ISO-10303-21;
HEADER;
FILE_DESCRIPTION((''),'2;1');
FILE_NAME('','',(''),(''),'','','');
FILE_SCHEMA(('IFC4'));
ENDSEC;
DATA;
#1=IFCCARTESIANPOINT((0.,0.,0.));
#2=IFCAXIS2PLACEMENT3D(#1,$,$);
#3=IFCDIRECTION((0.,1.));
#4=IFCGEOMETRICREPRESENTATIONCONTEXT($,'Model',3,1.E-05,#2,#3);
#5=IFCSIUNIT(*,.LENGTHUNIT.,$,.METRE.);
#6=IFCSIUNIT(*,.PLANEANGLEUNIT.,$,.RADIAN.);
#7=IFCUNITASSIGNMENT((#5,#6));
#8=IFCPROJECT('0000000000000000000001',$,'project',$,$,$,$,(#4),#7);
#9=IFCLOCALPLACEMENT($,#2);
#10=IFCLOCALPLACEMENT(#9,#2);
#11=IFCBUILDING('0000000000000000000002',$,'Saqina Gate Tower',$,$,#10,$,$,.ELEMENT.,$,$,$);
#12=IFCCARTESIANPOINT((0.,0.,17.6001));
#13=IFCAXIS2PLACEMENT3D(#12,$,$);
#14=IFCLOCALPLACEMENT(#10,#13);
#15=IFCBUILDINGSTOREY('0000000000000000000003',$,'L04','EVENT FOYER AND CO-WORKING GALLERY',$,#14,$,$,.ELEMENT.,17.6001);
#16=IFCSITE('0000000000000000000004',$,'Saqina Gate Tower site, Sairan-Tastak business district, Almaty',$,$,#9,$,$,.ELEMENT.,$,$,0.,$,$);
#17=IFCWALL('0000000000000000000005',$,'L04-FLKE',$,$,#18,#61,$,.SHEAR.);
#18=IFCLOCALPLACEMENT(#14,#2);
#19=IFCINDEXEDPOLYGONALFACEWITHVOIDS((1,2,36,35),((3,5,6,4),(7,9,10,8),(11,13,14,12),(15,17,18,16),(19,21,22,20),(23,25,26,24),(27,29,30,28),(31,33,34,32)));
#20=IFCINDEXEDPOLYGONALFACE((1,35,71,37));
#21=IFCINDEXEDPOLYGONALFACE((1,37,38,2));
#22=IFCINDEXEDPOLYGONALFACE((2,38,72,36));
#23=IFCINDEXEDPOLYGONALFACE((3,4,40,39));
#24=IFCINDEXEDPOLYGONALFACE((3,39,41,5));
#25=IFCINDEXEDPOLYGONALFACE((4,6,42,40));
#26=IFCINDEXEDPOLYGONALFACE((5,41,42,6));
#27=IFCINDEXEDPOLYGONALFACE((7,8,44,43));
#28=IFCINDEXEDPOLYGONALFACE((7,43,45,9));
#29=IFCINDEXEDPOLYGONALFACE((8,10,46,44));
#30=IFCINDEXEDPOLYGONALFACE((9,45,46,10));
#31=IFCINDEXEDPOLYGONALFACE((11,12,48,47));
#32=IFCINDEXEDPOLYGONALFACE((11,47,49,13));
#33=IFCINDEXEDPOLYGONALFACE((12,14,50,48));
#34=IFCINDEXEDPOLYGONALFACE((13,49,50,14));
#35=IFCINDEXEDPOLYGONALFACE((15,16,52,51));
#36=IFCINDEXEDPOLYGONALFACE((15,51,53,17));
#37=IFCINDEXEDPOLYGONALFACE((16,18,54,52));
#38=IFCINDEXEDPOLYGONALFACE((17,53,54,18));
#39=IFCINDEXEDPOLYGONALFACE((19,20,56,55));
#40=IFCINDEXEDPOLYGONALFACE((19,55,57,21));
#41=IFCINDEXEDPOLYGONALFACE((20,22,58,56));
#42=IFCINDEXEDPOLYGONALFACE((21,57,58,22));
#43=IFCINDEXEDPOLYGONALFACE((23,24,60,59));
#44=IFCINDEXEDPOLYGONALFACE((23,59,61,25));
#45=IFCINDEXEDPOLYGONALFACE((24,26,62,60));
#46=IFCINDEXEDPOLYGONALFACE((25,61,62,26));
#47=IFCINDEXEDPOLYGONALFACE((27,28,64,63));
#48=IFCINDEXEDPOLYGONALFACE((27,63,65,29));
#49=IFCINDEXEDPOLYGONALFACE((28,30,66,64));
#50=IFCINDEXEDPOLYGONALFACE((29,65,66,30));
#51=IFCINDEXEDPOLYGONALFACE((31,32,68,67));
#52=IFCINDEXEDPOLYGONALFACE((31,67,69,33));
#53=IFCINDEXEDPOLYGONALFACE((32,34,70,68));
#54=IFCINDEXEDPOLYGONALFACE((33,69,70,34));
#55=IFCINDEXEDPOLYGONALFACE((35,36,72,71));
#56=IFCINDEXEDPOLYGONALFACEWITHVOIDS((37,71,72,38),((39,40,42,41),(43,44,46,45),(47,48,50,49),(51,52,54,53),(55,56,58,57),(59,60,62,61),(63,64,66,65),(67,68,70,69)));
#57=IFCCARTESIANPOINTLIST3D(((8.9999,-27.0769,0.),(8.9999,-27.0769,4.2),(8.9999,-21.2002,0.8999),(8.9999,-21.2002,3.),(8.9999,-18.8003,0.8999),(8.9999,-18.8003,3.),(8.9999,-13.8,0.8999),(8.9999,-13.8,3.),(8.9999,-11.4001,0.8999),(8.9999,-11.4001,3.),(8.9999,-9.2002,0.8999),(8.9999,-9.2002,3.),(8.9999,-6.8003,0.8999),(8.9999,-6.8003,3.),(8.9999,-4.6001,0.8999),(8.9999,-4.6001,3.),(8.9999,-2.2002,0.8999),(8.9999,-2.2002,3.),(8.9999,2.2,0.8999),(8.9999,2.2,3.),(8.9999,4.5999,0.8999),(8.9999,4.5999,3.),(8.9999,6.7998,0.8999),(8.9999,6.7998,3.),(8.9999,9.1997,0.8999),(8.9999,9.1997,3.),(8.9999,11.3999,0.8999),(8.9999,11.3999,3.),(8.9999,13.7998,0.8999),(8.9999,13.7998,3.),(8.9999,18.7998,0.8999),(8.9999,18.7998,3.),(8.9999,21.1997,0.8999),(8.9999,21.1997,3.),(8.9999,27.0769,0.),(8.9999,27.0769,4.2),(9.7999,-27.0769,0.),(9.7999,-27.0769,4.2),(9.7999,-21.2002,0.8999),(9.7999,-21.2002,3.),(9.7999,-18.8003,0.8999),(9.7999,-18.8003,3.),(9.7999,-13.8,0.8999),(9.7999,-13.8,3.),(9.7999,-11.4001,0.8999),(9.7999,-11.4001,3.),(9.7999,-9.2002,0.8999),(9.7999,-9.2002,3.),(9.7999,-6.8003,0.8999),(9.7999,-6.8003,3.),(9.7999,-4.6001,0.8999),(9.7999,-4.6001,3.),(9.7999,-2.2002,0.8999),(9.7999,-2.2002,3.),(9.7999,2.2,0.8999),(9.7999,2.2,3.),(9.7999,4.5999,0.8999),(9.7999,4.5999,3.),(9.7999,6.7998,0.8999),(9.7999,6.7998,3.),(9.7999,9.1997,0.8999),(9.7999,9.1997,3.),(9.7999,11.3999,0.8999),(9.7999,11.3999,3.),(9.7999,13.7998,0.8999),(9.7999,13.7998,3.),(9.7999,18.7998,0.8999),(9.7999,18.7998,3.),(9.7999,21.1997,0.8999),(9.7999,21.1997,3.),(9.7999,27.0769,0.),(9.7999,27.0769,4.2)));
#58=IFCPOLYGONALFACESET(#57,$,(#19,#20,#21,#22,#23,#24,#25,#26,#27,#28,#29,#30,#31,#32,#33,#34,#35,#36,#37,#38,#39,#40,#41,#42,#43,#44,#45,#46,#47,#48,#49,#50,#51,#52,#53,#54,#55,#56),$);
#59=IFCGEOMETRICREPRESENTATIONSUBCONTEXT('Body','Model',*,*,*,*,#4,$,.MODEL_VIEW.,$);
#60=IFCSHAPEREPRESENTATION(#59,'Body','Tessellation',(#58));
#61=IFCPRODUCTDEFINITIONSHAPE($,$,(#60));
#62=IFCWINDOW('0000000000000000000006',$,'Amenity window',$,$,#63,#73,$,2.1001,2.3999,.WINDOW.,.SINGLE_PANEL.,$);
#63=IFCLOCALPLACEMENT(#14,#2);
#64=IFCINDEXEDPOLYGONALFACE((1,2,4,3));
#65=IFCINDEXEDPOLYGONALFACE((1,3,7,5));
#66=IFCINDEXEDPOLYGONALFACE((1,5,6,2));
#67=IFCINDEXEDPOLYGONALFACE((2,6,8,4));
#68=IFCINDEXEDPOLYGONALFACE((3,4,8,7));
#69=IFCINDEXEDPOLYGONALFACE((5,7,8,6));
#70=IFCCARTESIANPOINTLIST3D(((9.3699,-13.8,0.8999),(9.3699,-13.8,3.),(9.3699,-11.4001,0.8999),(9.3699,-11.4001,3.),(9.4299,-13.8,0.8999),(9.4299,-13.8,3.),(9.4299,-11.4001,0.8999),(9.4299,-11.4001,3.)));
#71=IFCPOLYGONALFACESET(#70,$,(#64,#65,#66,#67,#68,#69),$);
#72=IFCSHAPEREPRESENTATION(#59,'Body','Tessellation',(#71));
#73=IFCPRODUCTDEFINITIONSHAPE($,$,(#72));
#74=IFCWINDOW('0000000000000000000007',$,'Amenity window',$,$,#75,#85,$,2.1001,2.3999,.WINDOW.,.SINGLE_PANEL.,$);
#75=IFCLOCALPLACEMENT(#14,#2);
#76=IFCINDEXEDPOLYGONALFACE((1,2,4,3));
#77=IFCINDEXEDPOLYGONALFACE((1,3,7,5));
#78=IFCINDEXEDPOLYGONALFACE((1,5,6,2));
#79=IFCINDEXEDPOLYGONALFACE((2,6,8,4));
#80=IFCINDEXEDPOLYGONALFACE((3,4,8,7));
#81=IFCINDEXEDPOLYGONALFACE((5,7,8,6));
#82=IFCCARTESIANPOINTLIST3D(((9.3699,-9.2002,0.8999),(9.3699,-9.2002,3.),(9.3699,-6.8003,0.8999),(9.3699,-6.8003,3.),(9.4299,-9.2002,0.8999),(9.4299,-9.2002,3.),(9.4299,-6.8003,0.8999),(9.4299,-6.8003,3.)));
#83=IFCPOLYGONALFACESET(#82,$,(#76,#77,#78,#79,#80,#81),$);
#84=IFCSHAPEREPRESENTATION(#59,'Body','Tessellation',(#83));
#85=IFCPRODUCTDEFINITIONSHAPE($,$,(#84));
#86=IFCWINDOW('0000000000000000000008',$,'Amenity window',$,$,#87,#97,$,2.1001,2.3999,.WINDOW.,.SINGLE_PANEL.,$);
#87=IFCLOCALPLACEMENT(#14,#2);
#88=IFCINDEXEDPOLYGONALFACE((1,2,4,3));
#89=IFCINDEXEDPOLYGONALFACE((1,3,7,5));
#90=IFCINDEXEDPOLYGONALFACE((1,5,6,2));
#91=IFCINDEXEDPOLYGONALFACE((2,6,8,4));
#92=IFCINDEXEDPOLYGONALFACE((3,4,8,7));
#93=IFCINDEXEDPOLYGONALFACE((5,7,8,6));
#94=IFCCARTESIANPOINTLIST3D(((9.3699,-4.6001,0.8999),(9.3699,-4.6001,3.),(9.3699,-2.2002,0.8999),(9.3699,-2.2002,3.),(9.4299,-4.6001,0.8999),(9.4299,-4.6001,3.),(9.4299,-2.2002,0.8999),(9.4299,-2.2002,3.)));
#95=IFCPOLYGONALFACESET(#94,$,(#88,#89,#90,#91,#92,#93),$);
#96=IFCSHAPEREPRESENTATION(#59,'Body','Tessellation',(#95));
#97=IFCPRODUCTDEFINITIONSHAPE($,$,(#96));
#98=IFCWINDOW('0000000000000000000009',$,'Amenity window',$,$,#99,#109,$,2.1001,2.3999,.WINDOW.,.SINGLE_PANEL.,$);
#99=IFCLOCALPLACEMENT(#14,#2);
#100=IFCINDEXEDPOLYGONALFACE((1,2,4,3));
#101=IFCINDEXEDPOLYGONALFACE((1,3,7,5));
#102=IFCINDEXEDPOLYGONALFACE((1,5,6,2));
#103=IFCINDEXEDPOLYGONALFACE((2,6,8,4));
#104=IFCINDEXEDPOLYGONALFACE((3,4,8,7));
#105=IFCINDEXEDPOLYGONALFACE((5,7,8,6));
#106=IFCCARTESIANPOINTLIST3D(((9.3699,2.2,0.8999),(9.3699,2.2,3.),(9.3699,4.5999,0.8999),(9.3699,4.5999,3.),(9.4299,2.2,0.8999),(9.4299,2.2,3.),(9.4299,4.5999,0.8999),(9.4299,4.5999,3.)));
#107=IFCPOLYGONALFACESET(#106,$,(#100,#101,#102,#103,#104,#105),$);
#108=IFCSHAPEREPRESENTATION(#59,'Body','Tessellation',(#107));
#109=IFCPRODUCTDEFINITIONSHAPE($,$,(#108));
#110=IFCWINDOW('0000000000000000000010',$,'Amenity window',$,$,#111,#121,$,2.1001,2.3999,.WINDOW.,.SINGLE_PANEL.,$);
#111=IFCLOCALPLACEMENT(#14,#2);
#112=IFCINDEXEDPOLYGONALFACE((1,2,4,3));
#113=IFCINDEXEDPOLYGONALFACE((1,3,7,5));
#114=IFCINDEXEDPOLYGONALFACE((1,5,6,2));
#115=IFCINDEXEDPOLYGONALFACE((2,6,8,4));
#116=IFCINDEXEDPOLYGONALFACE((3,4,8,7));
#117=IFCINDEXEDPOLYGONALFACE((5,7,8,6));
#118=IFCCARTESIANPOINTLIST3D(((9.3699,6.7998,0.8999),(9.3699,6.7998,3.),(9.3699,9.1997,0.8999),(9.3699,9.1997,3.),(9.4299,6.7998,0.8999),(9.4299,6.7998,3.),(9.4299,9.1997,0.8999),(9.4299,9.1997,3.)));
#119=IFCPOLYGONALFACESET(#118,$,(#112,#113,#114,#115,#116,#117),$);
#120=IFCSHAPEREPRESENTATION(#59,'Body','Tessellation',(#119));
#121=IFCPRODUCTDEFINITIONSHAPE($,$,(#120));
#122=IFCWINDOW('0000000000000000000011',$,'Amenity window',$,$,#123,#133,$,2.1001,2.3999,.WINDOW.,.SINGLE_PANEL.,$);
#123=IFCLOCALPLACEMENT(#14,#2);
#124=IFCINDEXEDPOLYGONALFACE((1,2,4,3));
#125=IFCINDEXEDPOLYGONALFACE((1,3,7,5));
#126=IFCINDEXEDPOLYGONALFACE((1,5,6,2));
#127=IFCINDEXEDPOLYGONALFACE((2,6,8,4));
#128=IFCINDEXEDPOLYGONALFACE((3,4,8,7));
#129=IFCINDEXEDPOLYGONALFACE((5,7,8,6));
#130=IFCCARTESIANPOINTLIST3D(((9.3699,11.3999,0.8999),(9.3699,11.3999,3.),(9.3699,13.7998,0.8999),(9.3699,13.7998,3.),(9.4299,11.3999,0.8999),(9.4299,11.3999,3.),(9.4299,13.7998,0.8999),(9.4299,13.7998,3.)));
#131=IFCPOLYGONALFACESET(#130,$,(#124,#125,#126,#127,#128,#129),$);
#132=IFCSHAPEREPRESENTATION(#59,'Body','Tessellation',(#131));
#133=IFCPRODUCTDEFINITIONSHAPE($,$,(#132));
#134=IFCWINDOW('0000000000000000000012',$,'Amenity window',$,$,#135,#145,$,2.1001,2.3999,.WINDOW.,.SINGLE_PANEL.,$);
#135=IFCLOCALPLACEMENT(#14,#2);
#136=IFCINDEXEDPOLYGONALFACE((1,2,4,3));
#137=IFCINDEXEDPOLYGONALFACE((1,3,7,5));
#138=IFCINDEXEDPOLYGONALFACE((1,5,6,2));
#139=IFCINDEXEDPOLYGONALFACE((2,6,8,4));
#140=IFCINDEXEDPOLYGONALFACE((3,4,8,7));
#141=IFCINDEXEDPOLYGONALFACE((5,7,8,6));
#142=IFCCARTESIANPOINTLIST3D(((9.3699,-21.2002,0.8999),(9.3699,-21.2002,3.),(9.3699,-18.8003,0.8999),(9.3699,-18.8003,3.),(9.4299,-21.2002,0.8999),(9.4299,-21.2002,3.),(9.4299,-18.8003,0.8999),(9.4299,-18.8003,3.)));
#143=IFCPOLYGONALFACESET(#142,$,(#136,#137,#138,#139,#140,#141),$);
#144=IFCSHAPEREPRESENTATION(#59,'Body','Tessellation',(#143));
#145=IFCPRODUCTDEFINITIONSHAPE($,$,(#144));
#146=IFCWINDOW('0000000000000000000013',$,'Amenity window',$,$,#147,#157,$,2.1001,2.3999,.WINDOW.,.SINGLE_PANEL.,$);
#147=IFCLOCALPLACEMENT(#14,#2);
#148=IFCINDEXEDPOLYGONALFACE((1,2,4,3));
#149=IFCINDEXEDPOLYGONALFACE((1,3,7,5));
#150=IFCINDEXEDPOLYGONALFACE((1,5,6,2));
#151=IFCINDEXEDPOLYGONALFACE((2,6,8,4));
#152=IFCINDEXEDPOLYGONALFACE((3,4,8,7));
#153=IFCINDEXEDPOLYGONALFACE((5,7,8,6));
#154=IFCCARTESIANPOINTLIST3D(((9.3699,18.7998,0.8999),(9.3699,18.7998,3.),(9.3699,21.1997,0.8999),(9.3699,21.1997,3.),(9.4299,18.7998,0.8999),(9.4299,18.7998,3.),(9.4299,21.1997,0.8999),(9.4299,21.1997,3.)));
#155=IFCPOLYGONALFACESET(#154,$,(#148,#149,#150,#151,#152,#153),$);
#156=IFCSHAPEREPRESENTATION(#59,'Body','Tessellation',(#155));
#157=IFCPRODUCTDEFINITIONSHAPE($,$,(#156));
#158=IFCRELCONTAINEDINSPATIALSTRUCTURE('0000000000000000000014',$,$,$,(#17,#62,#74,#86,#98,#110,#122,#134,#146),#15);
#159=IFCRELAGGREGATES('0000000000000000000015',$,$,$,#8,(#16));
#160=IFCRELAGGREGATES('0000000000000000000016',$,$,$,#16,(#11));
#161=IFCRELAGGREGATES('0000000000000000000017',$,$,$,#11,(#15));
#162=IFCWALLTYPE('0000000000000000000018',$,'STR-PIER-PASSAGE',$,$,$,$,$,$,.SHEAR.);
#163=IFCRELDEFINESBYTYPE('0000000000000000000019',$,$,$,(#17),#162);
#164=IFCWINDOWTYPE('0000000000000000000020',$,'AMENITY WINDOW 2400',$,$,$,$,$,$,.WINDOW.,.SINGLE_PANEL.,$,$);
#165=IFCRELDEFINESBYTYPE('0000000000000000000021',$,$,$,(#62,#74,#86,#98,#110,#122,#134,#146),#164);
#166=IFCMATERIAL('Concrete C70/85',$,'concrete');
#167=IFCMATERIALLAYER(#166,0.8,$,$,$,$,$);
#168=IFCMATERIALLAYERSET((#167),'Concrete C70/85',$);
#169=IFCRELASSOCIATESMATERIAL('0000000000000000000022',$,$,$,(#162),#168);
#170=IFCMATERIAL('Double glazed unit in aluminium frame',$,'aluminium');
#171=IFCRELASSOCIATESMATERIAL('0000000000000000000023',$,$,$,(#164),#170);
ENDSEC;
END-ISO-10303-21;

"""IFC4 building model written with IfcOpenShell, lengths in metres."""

from ifc_helpers import new_model, si_unit, direction, frame, frame_2d, origin, place, context, subcontext, project, spatial, rectangle, extrude, material, layer, layer_set, type_object, element, fill, save


model = new_model("IFC4")

# Units and contexts
model_context = context("Model", 3, precision=1e-05, world=origin(), true_north=direction((0.0, 1.0)))
body_context = subcontext(model_context, "Body", "Model", "MODEL_VIEW")
ifc_project = project(units=[si_unit("LENGTHUNIT", "METRE"), si_unit("PLANEANGLEUNIT", "RADIAN")], contexts=[model_context])

# Site, building, storey
site_placement = place(None, origin())
site = spatial("IfcSite", under=ifc_project, at=site_placement, Name="Saqina Gate Tower site, Sairan-Tastak business district, Almaty", CompositionType="ELEMENT", RefElevation=0.0)
building_placement = place(site_placement, origin())
building = spatial("IfcBuilding", under=site, at=building_placement, Name="Saqina Gate Tower", CompositionType="ELEMENT")
storey_placement = place(building_placement, frame((0.0, 0.0, 17.6001)))
storey = spatial("IfcBuildingStorey", under=building, at=storey_placement, Name="L04", Description="EVENT FOYER AND CO-WORKING GALLERY", CompositionType="ELEMENT", Elevation=17.6001)

# Wall, openings, windows
ifc_material_1 = material(Name="Concrete C70/85", Category="concrete")
ifc_layer_1 = layer(ifc_material_1, 0.8)
ifc_layer_set_1 = layer_set([ifc_layer_1], Name="Concrete C70/85")
wall_type_1 = type_object("IfcWallType", Name="STR-PIER-PASSAGE", PredefinedType="SHEAR", material=ifc_layer_set_1)
wall_1_placement = place(storey_placement, frame((9.3999, -27.0769, 0.0), z_axis=(0.0, 0.0, 1.0), x_axis=(0.0, 1.0, 0.0)))
wall_1 = element("IfcWall", 1, at=wall_1_placement, inside=storey, type_object=wall_type_1, Name="L04-FLKE", PredefinedType="SHEAR", context=body_context, shape_type="SweptSolid", body=[
    extrude(rectangle(XDim=54.1538, YDim=0.8, at=frame_2d((27.0769, 0.0))), origin(), (0.0, 0.0, 1.0), 4.2),
])
opening_1_placement = place(wall_1_placement, frame((13.2769, 0.0, 0.8999)))
opening_1 = element("IfcOpeningElement", 2, at=opening_1_placement, cuts=wall_1, PredefinedType="OPENING", context=body_context, shape_type="SweptSolid", body=[
    extrude(rectangle(XDim=2.3999, YDim=2.1001, at=frame_2d((1.2, 1.05))), frame((0.0, 0.4121, 0.0), z_axis=(0.0, -1.0, 0.0), x_axis=(1.0, 0.0, 0.0)), (0.0, 0.0, 1.0), 0.824),
])
opening_2_placement = place(wall_1_placement, frame((17.8767, 0.0, 0.8999)))
opening_2 = element("IfcOpeningElement", 3, at=opening_2_placement, cuts=wall_1, PredefinedType="OPENING", context=body_context, shape_type="SweptSolid", body=[
    extrude(rectangle(XDim=2.3999, YDim=2.1001, at=frame_2d((1.2, 1.05))), frame((0.0, 0.4121, 0.0), z_axis=(0.0, -1.0, 0.0), x_axis=(1.0, 0.0, 0.0)), (0.0, 0.0, 1.0), 0.824),
])
opening_3_placement = place(wall_1_placement, frame((22.4768, 0.0, 0.8999)))
opening_3 = element("IfcOpeningElement", 4, at=opening_3_placement, cuts=wall_1, PredefinedType="OPENING", context=body_context, shape_type="SweptSolid", body=[
    extrude(rectangle(XDim=2.3999, YDim=2.1001, at=frame_2d((1.2, 1.05))), frame((0.0, 0.4121, 0.0), z_axis=(0.0, -1.0, 0.0), x_axis=(1.0, 0.0, 0.0)), (0.0, 0.0, 1.0), 0.824),
])
opening_4_placement = place(wall_1_placement, frame((29.2769, 0.0, 0.8999)))
opening_4 = element("IfcOpeningElement", 5, at=opening_4_placement, cuts=wall_1, PredefinedType="OPENING", context=body_context, shape_type="SweptSolid", body=[
    extrude(rectangle(XDim=2.3999, YDim=2.1001, at=frame_2d((1.2, 1.05))), frame((0.0, 0.4121, 0.0), z_axis=(0.0, -1.0, 0.0), x_axis=(1.0, 0.0, 0.0)), (0.0, 0.0, 1.0), 0.824),
])
opening_5_placement = place(wall_1_placement, frame((33.8767, 0.0, 0.8999)))
opening_5 = element("IfcOpeningElement", 6, at=opening_5_placement, cuts=wall_1, PredefinedType="OPENING", context=body_context, shape_type="SweptSolid", body=[
    extrude(rectangle(XDim=2.3999, YDim=2.1001, at=frame_2d((1.2, 1.05))), frame((0.0, 0.4121, 0.0), z_axis=(0.0, -1.0, 0.0), x_axis=(1.0, 0.0, 0.0)), (0.0, 0.0, 1.0), 0.824),
])
opening_6_placement = place(wall_1_placement, frame((38.4768, 0.0, 0.8999)))
opening_6 = element("IfcOpeningElement", 7, at=opening_6_placement, cuts=wall_1, PredefinedType="OPENING", context=body_context, shape_type="SweptSolid", body=[
    extrude(rectangle(XDim=2.3999, YDim=2.1001, at=frame_2d((1.2, 1.05))), frame((0.0, 0.4121, 0.0), z_axis=(0.0, -1.0, 0.0), x_axis=(1.0, 0.0, 0.0)), (0.0, 0.0, 1.0), 0.824),
])
opening_7_placement = place(wall_1_placement, frame((5.8767, 0.0, 0.8999)))
opening_7 = element("IfcOpeningElement", 8, at=opening_7_placement, cuts=wall_1, PredefinedType="OPENING", context=body_context, shape_type="SweptSolid", body=[
    extrude(rectangle(XDim=2.3999, YDim=2.1001, at=frame_2d((1.2, 1.05))), frame((0.0, 0.4121, 0.0), z_axis=(0.0, -1.0, 0.0), x_axis=(1.0, 0.0, 0.0)), (0.0, 0.0, 1.0), 0.824),
])
opening_8_placement = place(wall_1_placement, frame((45.8767, 0.0, 0.8999)))
opening_8 = element("IfcOpeningElement", 9, at=opening_8_placement, cuts=wall_1, PredefinedType="OPENING", context=body_context, shape_type="SweptSolid", body=[
    extrude(rectangle(XDim=2.3999, YDim=2.1001, at=frame_2d((1.2, 1.05))), frame((0.0, 0.4121, 0.0), z_axis=(0.0, -1.0, 0.0), x_axis=(1.0, 0.0, 0.0)), (0.0, 0.0, 1.0), 0.824),
])
ifc_material_2 = material(Name="Double glazed unit in aluminium frame", Category="aluminium")
window_type = type_object("IfcWindowType", Name="AMENITY WINDOW 2400", PartitioningType="SINGLE_PANEL", PredefinedType="WINDOW", material=ifc_material_2)
window_1_placement = place(opening_1_placement, origin())
window_1 = element("IfcWindow", 10, at=window_1_placement, inside=storey, type_object=window_type, Name="Amenity window", OverallHeight=2.1001, OverallWidth=2.3999, PartitioningType="SINGLE_PANEL", PredefinedType="WINDOW", context=body_context, shape_type="SweptSolid", body=[
    extrude(rectangle(XDim=2.3999, YDim=2.1001, at=frame_2d((1.2, 1.05))), frame((0.0, 0.03, 0.0), z_axis=(0.0, -1.0, 0.0), x_axis=(1.0, 0.0, 0.0)), (0.0, 0.0, 1.0), 0.0601),
])
fill(opening_1, window_1)
window_2_placement = place(opening_2_placement, origin())
window_2 = element("IfcWindow", 11, at=window_2_placement, inside=storey, type_object=window_type, Name="Amenity window", OverallHeight=2.1001, OverallWidth=2.3999, PartitioningType="SINGLE_PANEL", PredefinedType="WINDOW", context=body_context, shape_type="SweptSolid", body=[
    extrude(rectangle(XDim=2.3999, YDim=2.1001, at=frame_2d((1.2, 1.05))), frame((0.0, 0.03, 0.0), z_axis=(0.0, -1.0, 0.0), x_axis=(1.0, 0.0, 0.0)), (0.0, 0.0, 1.0), 0.0601),
])
fill(opening_2, window_2)
window_3_placement = place(opening_3_placement, origin())
window_3 = element("IfcWindow", 12, at=window_3_placement, inside=storey, type_object=window_type, Name="Amenity window", OverallHeight=2.1001, OverallWidth=2.3999, PartitioningType="SINGLE_PANEL", PredefinedType="WINDOW", context=body_context, shape_type="SweptSolid", body=[
    extrude(rectangle(XDim=2.3999, YDim=2.1001, at=frame_2d((1.2, 1.05))), frame((0.0, 0.03, 0.0), z_axis=(0.0, -1.0, 0.0), x_axis=(1.0, 0.0, 0.0)), (0.0, 0.0, 1.0), 0.0601),
])
fill(opening_3, window_3)
window_4_placement = place(opening_4_placement, origin())
window_4 = element("IfcWindow", 13, at=window_4_placement, inside=storey, type_object=window_type, Name="Amenity window", OverallHeight=2.1001, OverallWidth=2.3999, PartitioningType="SINGLE_PANEL", PredefinedType="WINDOW", context=body_context, shape_type="SweptSolid", body=[
    extrude(rectangle(XDim=2.3999, YDim=2.1001, at=frame_2d((1.2, 1.05))), frame((0.0, 0.03, 0.0), z_axis=(0.0, -1.0, 0.0), x_axis=(1.0, 0.0, 0.0)), (0.0, 0.0, 1.0), 0.0601),
])
fill(opening_4, window_4)
window_5_placement = place(opening_5_placement, origin())
window_5 = element("IfcWindow", 14, at=window_5_placement, inside=storey, type_object=window_type, Name="Amenity window", OverallHeight=2.1001, OverallWidth=2.3999, PartitioningType="SINGLE_PANEL", PredefinedType="WINDOW", context=body_context, shape_type="SweptSolid", body=[
    extrude(rectangle(XDim=2.3999, YDim=2.1001, at=frame_2d((1.2, 1.05))), frame((0.0, 0.03, 0.0), z_axis=(0.0, -1.0, 0.0), x_axis=(1.0, 0.0, 0.0)), (0.0, 0.0, 1.0), 0.0601),
])
fill(opening_5, window_5)
window_6_placement = place(opening_6_placement, origin())
window_6 = element("IfcWindow", 15, at=window_6_placement, inside=storey, type_object=window_type, Name="Amenity window", OverallHeight=2.1001, OverallWidth=2.3999, PartitioningType="SINGLE_PANEL", PredefinedType="WINDOW", context=body_context, shape_type="SweptSolid", body=[
    extrude(rectangle(XDim=2.3999, YDim=2.1001, at=frame_2d((1.2, 1.05))), frame((0.0, 0.03, 0.0), z_axis=(0.0, -1.0, 0.0), x_axis=(1.0, 0.0, 0.0)), (0.0, 0.0, 1.0), 0.0601),
])
fill(opening_6, window_6)
window_7_placement = place(opening_7_placement, origin())
window_7 = element("IfcWindow", 16, at=window_7_placement, inside=storey, type_object=window_type, Name="Amenity window", OverallHeight=2.1001, OverallWidth=2.3999, PartitioningType="SINGLE_PANEL", PredefinedType="WINDOW", context=body_context, shape_type="SweptSolid", body=[
    extrude(rectangle(XDim=2.3999, YDim=2.1001, at=frame_2d((1.2, 1.05))), frame((0.0, 0.03, 0.0), z_axis=(0.0, -1.0, 0.0), x_axis=(1.0, 0.0, 0.0)), (0.0, 0.0, 1.0), 0.0601),
])
fill(opening_7, window_7)
window_8_placement = place(opening_8_placement, origin())
window_8 = element("IfcWindow", 17, at=window_8_placement, inside=storey, type_object=window_type, Name="Amenity window", OverallHeight=2.1001, OverallWidth=2.3999, PartitioningType="SINGLE_PANEL", PredefinedType="WINDOW", context=body_context, shape_type="SweptSolid", body=[
    extrude(rectangle(XDim=2.3999, YDim=2.1001, at=frame_2d((1.2, 1.05))), frame((0.0, 0.03, 0.0), z_axis=(0.0, -1.0, 0.0), x_axis=(1.0, 0.0, 0.0)), (0.0, 0.0, 1.0), 0.0601),
])
fill(opening_8, window_8)

save(model, "model.ifc")
